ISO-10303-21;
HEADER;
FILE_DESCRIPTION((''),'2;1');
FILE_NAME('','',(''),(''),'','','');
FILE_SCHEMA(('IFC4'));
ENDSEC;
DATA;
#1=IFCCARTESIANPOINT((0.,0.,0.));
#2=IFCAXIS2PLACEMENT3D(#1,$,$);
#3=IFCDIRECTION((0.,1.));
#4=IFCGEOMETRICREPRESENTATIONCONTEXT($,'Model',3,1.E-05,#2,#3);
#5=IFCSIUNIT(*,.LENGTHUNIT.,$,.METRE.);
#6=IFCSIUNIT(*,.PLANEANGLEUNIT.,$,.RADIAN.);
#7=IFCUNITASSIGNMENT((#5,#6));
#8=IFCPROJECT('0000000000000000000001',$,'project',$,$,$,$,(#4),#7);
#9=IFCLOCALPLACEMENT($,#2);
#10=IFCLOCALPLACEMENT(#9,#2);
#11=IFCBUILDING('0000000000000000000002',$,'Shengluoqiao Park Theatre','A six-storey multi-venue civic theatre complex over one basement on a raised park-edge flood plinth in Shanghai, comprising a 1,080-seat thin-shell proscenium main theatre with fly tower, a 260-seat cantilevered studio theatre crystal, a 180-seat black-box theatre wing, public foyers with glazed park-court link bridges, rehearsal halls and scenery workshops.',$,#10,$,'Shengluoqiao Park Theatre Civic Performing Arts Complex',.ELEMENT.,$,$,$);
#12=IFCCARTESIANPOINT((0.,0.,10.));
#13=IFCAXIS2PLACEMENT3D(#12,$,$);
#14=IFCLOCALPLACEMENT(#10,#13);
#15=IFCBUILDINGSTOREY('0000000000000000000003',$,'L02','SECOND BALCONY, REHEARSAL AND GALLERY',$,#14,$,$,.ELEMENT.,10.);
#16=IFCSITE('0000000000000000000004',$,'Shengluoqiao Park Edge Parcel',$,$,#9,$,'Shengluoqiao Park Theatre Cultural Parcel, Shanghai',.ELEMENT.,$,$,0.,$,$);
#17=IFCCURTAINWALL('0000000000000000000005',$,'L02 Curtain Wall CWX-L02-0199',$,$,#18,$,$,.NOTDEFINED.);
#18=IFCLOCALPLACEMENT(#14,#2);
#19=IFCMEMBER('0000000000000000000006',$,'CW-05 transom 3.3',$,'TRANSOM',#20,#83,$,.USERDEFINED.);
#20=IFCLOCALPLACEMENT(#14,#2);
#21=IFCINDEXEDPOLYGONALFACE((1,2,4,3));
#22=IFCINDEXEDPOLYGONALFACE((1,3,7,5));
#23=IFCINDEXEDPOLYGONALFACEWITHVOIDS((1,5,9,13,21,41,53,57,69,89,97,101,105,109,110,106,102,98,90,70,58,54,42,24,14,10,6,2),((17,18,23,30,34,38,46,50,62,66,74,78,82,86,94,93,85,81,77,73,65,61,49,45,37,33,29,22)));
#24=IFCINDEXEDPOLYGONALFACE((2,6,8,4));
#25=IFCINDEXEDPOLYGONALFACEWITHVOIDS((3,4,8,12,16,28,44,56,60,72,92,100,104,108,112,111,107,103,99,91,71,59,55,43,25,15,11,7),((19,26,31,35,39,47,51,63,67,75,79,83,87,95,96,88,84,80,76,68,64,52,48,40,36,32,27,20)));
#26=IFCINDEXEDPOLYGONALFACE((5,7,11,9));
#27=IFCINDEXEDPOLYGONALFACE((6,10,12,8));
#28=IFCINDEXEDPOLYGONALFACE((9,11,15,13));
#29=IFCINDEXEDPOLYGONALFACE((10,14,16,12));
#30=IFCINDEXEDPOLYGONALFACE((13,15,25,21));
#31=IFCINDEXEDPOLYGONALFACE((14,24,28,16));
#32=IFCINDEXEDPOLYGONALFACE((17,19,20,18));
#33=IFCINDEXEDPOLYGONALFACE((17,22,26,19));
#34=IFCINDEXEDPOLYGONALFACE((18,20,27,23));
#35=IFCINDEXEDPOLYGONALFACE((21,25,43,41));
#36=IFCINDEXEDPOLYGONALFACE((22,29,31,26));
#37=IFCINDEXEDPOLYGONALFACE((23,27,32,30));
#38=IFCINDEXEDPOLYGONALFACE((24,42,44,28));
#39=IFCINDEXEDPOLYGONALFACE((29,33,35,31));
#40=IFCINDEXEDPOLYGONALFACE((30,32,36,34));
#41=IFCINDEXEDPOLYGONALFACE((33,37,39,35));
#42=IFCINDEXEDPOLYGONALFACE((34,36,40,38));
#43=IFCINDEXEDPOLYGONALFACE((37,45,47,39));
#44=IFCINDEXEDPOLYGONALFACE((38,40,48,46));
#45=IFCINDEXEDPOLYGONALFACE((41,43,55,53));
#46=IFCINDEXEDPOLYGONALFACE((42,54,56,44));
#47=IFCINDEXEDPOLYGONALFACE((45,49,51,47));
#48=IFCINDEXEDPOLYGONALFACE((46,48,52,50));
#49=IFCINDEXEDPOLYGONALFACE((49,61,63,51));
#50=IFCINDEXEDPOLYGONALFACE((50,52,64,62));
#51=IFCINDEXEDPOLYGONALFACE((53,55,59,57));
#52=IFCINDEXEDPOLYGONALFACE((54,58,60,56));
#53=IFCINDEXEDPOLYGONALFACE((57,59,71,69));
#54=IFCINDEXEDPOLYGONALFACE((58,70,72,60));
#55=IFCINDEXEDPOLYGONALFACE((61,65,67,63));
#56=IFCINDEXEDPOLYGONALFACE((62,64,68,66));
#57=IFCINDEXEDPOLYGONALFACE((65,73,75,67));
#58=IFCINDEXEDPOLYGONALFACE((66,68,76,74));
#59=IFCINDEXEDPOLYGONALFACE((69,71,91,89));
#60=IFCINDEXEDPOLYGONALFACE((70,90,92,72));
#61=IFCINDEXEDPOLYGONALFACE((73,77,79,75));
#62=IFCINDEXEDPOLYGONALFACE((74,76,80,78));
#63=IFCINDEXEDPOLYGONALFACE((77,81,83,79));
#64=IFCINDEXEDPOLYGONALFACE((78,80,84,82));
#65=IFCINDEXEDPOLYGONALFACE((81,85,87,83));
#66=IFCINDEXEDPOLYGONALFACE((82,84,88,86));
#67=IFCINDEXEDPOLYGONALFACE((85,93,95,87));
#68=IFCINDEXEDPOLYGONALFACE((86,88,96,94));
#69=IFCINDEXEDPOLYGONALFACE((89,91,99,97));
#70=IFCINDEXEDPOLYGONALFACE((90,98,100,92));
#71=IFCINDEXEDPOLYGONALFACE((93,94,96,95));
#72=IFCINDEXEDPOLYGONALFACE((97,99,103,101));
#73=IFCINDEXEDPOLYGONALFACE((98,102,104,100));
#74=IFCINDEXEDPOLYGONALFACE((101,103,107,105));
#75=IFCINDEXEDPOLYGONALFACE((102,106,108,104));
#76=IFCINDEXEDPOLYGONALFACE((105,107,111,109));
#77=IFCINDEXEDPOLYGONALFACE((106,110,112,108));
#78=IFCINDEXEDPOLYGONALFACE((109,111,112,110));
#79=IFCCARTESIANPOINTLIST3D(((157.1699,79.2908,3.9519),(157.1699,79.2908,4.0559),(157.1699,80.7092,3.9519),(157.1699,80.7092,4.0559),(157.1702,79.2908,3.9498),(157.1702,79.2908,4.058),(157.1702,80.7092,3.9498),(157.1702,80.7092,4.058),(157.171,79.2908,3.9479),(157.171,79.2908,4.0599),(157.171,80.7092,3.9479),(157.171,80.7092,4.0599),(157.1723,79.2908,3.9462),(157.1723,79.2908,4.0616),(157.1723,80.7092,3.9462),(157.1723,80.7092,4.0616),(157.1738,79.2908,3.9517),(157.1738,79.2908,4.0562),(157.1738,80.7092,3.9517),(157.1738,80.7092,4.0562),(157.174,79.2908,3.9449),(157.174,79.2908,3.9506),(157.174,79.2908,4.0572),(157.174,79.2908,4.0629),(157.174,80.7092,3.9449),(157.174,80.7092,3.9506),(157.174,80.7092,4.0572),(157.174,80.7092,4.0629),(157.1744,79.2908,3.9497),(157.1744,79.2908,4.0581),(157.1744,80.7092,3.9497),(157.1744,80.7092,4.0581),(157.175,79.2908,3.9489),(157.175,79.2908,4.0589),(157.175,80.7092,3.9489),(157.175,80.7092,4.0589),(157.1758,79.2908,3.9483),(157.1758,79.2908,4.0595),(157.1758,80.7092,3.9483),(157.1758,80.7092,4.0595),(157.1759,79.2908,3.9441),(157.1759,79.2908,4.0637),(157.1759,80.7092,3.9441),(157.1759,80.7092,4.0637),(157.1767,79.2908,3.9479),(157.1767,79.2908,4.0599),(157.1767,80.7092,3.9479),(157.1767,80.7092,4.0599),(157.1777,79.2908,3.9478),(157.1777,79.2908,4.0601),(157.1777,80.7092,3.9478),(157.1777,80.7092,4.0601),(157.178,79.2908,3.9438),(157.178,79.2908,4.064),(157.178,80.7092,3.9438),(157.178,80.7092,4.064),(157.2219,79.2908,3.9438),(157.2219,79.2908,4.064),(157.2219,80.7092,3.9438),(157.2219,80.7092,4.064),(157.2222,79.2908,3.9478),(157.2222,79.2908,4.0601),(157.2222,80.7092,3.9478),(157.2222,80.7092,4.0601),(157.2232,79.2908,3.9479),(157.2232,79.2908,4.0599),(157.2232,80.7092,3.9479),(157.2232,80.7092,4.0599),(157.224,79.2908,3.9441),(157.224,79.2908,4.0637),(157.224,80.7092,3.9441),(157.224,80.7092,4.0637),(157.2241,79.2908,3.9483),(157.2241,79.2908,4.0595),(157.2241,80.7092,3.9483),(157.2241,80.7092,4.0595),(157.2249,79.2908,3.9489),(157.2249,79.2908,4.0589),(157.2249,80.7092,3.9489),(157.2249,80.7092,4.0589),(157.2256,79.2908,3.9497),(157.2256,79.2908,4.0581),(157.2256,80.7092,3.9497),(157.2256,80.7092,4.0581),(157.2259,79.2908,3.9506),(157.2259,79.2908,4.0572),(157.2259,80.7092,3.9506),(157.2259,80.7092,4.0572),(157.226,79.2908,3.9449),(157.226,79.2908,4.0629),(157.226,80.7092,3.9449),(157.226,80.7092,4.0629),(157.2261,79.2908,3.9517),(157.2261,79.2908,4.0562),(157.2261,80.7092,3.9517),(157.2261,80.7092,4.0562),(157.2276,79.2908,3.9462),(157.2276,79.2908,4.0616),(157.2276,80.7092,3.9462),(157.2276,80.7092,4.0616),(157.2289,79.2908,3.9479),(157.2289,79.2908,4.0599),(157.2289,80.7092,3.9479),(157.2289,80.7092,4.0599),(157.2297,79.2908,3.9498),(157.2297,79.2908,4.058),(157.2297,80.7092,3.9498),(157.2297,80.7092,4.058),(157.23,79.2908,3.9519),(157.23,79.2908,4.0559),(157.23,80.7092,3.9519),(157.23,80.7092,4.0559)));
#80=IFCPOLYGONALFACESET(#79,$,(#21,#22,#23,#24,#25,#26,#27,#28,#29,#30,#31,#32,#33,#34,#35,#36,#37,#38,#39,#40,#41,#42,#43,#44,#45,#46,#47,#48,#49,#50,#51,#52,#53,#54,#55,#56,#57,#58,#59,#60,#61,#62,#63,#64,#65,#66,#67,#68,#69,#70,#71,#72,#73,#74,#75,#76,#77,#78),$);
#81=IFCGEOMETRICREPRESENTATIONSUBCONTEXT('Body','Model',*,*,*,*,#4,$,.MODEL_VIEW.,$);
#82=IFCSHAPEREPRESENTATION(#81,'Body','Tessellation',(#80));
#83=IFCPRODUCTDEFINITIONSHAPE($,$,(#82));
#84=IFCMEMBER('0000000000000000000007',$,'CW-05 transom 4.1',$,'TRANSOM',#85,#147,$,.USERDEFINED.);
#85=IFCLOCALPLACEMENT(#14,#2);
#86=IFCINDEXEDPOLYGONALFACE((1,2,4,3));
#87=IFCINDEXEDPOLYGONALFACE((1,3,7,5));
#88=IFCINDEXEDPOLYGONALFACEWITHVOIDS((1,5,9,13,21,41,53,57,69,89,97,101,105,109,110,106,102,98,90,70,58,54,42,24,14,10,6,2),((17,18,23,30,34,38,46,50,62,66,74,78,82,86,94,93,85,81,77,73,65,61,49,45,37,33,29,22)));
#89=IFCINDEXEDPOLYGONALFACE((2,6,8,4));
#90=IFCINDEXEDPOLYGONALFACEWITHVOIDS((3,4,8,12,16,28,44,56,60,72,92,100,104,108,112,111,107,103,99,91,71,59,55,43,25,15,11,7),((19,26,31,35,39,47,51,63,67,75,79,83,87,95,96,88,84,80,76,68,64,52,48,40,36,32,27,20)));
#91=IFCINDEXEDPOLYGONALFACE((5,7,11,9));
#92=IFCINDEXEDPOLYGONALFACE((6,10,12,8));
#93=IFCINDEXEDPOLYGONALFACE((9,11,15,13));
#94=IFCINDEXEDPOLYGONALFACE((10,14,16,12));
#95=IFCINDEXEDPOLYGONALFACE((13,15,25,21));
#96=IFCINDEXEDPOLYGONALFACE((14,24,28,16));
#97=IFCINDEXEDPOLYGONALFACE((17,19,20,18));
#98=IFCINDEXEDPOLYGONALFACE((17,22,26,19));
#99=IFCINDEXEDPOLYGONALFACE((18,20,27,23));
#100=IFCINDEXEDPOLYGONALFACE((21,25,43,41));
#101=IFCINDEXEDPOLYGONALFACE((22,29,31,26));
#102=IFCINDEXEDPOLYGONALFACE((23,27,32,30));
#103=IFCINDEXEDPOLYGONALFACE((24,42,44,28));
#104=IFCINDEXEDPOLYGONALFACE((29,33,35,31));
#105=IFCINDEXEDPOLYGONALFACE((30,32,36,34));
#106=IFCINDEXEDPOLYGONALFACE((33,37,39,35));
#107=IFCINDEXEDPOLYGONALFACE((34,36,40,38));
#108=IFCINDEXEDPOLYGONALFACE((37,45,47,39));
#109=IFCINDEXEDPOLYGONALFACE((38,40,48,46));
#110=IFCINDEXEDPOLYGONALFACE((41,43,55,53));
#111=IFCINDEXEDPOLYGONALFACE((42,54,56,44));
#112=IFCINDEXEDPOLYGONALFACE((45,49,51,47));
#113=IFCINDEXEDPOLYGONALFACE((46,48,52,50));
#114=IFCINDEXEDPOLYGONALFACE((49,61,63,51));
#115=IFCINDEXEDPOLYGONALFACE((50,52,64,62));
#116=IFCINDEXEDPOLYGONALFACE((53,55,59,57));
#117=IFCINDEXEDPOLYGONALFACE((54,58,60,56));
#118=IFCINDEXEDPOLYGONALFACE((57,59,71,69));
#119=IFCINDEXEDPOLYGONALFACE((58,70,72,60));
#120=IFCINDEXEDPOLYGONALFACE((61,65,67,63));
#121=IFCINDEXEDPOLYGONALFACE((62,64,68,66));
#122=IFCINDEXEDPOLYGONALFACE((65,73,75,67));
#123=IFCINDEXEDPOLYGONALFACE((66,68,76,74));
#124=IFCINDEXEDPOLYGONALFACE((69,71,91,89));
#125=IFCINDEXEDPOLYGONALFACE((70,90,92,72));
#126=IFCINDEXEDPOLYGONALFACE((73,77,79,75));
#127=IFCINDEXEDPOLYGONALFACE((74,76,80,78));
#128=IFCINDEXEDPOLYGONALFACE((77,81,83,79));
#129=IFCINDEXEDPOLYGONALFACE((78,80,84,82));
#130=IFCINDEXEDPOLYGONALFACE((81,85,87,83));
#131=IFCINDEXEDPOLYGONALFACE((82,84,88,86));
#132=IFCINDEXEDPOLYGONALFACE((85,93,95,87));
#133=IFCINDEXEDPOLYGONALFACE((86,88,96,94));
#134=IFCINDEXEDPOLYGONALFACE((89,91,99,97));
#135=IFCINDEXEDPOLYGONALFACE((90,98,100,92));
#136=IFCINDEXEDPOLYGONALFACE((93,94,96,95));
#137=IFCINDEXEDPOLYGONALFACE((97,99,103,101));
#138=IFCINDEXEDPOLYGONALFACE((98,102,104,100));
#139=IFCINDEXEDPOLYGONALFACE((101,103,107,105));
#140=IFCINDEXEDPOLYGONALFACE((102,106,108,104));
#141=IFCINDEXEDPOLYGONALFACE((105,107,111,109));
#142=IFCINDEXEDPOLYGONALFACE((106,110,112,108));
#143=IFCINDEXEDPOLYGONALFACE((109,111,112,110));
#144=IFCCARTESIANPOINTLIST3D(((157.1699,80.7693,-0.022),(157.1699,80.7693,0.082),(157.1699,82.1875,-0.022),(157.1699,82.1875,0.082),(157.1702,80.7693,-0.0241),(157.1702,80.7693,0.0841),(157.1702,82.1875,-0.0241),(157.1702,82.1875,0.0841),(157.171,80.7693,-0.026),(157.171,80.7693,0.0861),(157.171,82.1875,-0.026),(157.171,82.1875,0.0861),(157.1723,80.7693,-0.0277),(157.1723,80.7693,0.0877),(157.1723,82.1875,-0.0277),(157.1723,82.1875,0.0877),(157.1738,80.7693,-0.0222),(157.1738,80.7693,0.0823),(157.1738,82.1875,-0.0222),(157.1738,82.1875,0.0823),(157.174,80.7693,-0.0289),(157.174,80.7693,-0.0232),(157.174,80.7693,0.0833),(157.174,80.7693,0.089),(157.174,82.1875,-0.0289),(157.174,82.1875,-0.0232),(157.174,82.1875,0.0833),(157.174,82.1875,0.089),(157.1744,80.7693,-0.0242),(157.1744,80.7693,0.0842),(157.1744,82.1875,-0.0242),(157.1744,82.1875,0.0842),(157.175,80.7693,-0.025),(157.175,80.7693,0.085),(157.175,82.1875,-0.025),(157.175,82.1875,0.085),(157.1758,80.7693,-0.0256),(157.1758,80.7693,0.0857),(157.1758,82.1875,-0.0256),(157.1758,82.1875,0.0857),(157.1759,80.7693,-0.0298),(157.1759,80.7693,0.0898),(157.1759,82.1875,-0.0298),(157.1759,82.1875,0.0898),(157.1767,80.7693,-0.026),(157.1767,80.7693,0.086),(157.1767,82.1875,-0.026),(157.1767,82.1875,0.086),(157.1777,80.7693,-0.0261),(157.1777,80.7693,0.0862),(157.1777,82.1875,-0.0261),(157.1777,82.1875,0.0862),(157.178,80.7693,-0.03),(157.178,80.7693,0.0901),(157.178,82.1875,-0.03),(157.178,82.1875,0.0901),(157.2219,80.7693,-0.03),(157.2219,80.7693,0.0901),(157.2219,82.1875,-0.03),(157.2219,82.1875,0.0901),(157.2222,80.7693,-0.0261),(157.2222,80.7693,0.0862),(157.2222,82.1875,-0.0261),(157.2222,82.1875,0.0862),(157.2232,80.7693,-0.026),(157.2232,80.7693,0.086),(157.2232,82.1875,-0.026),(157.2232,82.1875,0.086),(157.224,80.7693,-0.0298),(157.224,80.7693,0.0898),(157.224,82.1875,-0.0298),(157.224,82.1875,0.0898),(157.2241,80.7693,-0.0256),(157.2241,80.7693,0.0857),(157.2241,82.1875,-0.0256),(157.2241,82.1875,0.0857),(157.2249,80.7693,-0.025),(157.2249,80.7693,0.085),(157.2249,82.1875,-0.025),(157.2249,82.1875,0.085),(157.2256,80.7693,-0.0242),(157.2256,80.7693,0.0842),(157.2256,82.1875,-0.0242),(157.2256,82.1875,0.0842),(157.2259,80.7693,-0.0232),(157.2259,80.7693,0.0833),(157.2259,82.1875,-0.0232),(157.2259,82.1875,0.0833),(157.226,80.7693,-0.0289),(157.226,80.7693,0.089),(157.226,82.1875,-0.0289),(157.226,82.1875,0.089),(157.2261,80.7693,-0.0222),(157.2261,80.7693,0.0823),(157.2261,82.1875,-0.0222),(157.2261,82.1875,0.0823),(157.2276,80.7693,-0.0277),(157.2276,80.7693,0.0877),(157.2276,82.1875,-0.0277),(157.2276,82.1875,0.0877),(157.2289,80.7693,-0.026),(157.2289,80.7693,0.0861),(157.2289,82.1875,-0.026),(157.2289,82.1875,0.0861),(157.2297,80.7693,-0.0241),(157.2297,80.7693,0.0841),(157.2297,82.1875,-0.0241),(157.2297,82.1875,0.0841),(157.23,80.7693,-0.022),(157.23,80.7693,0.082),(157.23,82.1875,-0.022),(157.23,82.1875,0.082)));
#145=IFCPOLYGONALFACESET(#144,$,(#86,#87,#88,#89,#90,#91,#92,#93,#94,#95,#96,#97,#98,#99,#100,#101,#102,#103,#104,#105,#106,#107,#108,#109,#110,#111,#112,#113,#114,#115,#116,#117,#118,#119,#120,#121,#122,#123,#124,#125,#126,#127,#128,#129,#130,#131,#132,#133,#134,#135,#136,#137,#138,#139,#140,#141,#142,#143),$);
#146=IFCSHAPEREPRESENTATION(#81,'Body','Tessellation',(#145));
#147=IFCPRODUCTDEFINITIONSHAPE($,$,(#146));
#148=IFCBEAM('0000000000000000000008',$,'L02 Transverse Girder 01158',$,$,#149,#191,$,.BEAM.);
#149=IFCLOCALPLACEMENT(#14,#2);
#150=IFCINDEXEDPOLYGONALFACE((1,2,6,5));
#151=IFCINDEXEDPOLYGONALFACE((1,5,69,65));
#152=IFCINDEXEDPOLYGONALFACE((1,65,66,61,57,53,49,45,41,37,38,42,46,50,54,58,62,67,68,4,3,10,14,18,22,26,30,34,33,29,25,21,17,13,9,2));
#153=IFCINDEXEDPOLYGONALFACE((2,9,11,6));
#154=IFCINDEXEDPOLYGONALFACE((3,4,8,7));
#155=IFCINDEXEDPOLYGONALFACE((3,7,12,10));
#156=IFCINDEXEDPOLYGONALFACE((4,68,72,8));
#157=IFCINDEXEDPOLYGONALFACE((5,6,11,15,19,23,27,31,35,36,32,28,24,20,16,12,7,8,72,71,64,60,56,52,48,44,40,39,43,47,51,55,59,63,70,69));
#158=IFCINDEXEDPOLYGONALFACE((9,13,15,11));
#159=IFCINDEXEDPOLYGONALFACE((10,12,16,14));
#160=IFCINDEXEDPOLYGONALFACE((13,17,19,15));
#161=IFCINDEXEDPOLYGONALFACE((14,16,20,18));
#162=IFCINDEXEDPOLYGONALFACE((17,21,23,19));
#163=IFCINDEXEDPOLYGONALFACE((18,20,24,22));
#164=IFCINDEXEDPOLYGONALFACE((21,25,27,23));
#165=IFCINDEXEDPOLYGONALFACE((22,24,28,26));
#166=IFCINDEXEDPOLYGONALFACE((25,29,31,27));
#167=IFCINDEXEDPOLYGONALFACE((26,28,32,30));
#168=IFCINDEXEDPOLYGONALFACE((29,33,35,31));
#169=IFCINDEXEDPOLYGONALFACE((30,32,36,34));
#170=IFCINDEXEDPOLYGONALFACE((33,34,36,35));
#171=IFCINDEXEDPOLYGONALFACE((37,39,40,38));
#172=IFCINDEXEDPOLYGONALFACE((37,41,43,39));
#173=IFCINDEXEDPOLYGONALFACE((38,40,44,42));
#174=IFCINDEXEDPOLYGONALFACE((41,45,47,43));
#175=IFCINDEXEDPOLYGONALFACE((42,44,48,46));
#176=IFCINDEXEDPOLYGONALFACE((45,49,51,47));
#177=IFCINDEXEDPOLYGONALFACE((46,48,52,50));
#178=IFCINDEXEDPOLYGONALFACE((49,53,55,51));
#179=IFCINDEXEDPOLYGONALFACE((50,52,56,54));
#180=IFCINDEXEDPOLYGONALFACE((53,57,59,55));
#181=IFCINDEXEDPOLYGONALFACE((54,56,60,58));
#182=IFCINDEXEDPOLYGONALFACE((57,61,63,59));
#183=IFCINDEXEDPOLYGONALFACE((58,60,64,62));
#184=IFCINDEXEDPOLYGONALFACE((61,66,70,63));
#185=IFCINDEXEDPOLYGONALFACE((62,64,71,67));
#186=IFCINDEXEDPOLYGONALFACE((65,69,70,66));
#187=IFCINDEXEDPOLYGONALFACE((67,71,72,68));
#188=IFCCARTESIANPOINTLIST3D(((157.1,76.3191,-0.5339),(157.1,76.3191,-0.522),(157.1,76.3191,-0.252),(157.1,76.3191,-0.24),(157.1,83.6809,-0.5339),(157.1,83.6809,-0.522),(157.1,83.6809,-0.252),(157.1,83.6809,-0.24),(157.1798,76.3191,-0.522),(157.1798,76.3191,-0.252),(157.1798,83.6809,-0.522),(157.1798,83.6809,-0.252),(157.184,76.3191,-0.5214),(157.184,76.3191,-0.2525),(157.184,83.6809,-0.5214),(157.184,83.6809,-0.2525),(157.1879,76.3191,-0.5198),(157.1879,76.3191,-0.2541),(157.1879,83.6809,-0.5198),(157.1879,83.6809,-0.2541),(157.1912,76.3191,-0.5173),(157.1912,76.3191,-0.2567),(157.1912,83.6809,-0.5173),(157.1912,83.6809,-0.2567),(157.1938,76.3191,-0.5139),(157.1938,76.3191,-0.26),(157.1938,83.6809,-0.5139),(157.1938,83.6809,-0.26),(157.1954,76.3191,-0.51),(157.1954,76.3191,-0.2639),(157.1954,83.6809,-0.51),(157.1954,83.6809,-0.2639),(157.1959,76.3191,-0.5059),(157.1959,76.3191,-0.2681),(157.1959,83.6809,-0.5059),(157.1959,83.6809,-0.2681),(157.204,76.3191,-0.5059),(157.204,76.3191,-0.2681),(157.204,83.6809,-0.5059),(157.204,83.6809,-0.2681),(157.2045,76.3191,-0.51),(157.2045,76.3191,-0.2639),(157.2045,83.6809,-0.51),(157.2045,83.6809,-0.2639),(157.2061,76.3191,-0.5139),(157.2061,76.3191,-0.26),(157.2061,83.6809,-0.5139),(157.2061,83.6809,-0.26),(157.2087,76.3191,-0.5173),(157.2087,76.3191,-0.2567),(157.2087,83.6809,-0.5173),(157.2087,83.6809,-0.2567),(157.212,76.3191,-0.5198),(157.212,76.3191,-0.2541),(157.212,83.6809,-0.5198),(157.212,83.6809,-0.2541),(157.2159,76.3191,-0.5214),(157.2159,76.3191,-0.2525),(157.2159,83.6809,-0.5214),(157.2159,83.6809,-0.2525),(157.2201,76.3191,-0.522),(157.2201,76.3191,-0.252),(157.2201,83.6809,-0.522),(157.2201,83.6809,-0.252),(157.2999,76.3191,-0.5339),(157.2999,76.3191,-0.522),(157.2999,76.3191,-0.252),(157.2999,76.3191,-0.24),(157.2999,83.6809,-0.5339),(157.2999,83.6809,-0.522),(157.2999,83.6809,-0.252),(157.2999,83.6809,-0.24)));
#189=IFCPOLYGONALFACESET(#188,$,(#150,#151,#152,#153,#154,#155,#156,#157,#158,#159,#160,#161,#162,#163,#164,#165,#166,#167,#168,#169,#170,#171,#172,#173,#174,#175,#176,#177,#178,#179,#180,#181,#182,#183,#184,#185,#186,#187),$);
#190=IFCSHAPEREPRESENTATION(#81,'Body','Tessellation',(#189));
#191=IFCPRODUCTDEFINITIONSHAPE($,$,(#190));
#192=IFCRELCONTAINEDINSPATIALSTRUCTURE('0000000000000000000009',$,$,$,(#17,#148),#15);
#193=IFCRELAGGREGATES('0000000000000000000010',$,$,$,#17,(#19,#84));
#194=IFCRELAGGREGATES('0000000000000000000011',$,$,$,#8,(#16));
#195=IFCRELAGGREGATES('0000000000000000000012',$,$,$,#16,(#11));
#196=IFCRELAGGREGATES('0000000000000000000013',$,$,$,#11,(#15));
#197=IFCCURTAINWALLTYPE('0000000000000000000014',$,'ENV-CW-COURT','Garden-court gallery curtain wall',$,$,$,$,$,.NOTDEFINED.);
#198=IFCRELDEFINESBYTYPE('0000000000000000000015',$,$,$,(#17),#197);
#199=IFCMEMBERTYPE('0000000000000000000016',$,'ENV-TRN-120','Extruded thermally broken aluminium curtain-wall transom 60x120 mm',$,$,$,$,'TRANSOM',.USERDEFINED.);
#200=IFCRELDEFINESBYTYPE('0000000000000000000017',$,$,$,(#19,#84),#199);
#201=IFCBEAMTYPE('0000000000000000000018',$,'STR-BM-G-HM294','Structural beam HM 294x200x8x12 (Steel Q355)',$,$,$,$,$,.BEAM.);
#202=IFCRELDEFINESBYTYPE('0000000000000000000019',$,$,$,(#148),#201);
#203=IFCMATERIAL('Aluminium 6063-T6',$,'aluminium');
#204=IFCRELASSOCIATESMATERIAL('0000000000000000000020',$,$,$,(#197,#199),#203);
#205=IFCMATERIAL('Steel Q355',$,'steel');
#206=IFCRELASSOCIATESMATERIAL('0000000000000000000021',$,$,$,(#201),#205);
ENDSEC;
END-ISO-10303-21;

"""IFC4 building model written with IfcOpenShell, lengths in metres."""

from ifc_helpers import new_model, si_unit, direction, frame, origin, origin_2d, place, context, subcontext, project, spatial, hollow_rectangle, i_section, extrude, material, material_profile, profile_set, type_object, element, aggregate, save


model = new_model("IFC4")

# Units and contexts
model_context = context("Model", 3, precision=1e-05, world=origin(), true_north=direction((0.0, 1.0)))
body_context = subcontext(model_context, "Body", "Model", "MODEL_VIEW")
ifc_project = project(units=[si_unit("LENGTHUNIT", "METRE"), si_unit("PLANEANGLEUNIT", "RADIAN")], contexts=[model_context])

# Site, building, storey
site_placement = place(None, origin())
site = spatial("IfcSite", under=ifc_project, at=site_placement, Name="Shengluoqiao Park Edge Parcel", LongName="Shengluoqiao Park Theatre Cultural Parcel, Shanghai", CompositionType="ELEMENT", RefElevation=0.0)
building_placement = place(site_placement, origin())
building = spatial("IfcBuilding", under=site, at=building_placement, Name="Shengluoqiao Park Theatre", Description="A six-storey multi-venue civic theatre complex over one basement on a raised park-edge flood plinth in Shanghai, comprising a 1,080-seat thin-shell proscenium main theatre with fly tower, a 260-seat cantilevered studio theatre crystal, a 180-seat black-box theatre wing, public foyers with glazed park-court link bridges, rehearsal halls and scenery workshops.", LongName="Shengluoqiao Park Theatre Civic Performing Arts Complex", CompositionType="ELEMENT")
storey_placement = place(building_placement, frame((0.0, 0.0, 10.0)))
storey = spatial("IfcBuildingStorey", under=building, at=storey_placement, Name="L02", Description="SECOND BALCONY, REHEARSAL AND GALLERY", CompositionType="ELEMENT", Elevation=10.0)

# Curtain wall, members
ifc_material_1 = material(Name="Aluminium 6063-T6", Category="aluminium")
curtain_wall_type = type_object("IfcCurtainWallType", Name="ENV-CW-COURT", Description="Garden-court gallery curtain wall", PredefinedType="NOTDEFINED", material=ifc_material_1)
curtain_wall_placement = place(storey_placement, origin())
curtain_wall = element("IfcCurtainWall", 1, at=curtain_wall_placement, inside=storey, type_object=curtain_wall_type, Name="L02 Curtain Wall CWX-L02-0199", PredefinedType="NOTDEFINED")
ifc_material_profile_1 = material_profile(ifc_material_1, hollow_rectangle(XDim=0.0601, YDim=0.1201, WallThickness=0.0039, InnerFilletRadius=0.0039, OuterFilletRadius=0.0081, at=origin_2d()), Name="ALU TRANSOM 120x60x4")
ifc_profile_set_1 = profile_set([ifc_material_profile_1], Name="Aluminium 6063-T6")
member_type_1 = type_object("IfcMemberType", Name="ENV-TRN-120", Description="Extruded thermally broken aluminium curtain-wall transom 60x120 mm", ElementType="TRANSOM", PredefinedType="USERDEFINED", material=ifc_profile_set_1)
member_1_placement = place(storey_placement, frame((157.2, 79.2908, 4.0039), z_axis=(0.0, 1.0, 0.0), x_axis=(-1.0, 0.0, 0.0)))
member_1 = element("IfcMember", 2, at=member_1_placement, type_object=member_type_1, Name="CW-05 transom 3.3", ObjectType="TRANSOM", PredefinedType="USERDEFINED", context=body_context, shape_type="SweptSolid", body=[
    extrude(hollow_rectangle(XDim=0.0601, YDim=0.1201, WallThickness=0.0039, InnerFilletRadius=0.0039, OuterFilletRadius=0.0081, at=origin_2d()), origin(), (0.0, 0.0, 1.0), 1.4185),
])
member_2_placement = place(storey_placement, frame((157.2, 80.7693, 0.03), z_axis=(0.0, 1.0, 0.0), x_axis=(-1.0, 0.0, 0.0)))
member_2 = element("IfcMember", 3, at=member_2_placement, type_object=member_type_1, Name="CW-05 transom 4.1", ObjectType="TRANSOM", PredefinedType="USERDEFINED", context=body_context, shape_type="SweptSolid", body=[
    extrude(hollow_rectangle(XDim=0.0601, YDim=0.1201, WallThickness=0.0039, InnerFilletRadius=0.0039, OuterFilletRadius=0.0081, at=origin_2d()), origin(), (0.0, 0.0, 1.0), 1.4182),
])

# Beam
ifc_material_2 = material(Name="Steel Q355", Category="steel")
ifc_material_profile_2 = material_profile(ifc_material_2, i_section(OverallWidth=0.2, OverallDepth=0.2939, WebThickness=0.0081, FlangeThickness=0.012, FilletRadius=0.0161, at=origin_2d()), Name="HM 294x200x8x12")
ifc_profile_set_2 = profile_set([ifc_material_profile_2], Name="Steel Q355")
beam_type_1 = type_object("IfcBeamType", Name="STR-BM-G-HM294", Description="Structural beam HM 294x200x8x12 (Steel Q355)", PredefinedType="BEAM", material=ifc_profile_set_2)
for number, where, z_axis, x_axis, name in (
    (4, (157.2, 76.3191, -0.387), (0.0, 1.0, 0.0), (-1.0, 0.0, 0.0), "L02 Transverse Girder 01158"),
):
    element("IfcBeam", number, at=place(storey_placement, frame(where, z_axis=z_axis, x_axis=x_axis)), inside=storey, type_object=beam_type_1, Name=name, PredefinedType="BEAM", context=body_context, shape_type="SweptSolid", body=[
        extrude(i_section(OverallWidth=0.2, OverallDepth=0.2939, WebThickness=0.0081, FlangeThickness=0.012, FilletRadius=0.0161, at=origin_2d()), origin(), (0.0, 0.0, 1.0), 7.3618),
    ])

aggregate(curtain_wall, [member_1, member_2])

save(model, "model.ifc")
